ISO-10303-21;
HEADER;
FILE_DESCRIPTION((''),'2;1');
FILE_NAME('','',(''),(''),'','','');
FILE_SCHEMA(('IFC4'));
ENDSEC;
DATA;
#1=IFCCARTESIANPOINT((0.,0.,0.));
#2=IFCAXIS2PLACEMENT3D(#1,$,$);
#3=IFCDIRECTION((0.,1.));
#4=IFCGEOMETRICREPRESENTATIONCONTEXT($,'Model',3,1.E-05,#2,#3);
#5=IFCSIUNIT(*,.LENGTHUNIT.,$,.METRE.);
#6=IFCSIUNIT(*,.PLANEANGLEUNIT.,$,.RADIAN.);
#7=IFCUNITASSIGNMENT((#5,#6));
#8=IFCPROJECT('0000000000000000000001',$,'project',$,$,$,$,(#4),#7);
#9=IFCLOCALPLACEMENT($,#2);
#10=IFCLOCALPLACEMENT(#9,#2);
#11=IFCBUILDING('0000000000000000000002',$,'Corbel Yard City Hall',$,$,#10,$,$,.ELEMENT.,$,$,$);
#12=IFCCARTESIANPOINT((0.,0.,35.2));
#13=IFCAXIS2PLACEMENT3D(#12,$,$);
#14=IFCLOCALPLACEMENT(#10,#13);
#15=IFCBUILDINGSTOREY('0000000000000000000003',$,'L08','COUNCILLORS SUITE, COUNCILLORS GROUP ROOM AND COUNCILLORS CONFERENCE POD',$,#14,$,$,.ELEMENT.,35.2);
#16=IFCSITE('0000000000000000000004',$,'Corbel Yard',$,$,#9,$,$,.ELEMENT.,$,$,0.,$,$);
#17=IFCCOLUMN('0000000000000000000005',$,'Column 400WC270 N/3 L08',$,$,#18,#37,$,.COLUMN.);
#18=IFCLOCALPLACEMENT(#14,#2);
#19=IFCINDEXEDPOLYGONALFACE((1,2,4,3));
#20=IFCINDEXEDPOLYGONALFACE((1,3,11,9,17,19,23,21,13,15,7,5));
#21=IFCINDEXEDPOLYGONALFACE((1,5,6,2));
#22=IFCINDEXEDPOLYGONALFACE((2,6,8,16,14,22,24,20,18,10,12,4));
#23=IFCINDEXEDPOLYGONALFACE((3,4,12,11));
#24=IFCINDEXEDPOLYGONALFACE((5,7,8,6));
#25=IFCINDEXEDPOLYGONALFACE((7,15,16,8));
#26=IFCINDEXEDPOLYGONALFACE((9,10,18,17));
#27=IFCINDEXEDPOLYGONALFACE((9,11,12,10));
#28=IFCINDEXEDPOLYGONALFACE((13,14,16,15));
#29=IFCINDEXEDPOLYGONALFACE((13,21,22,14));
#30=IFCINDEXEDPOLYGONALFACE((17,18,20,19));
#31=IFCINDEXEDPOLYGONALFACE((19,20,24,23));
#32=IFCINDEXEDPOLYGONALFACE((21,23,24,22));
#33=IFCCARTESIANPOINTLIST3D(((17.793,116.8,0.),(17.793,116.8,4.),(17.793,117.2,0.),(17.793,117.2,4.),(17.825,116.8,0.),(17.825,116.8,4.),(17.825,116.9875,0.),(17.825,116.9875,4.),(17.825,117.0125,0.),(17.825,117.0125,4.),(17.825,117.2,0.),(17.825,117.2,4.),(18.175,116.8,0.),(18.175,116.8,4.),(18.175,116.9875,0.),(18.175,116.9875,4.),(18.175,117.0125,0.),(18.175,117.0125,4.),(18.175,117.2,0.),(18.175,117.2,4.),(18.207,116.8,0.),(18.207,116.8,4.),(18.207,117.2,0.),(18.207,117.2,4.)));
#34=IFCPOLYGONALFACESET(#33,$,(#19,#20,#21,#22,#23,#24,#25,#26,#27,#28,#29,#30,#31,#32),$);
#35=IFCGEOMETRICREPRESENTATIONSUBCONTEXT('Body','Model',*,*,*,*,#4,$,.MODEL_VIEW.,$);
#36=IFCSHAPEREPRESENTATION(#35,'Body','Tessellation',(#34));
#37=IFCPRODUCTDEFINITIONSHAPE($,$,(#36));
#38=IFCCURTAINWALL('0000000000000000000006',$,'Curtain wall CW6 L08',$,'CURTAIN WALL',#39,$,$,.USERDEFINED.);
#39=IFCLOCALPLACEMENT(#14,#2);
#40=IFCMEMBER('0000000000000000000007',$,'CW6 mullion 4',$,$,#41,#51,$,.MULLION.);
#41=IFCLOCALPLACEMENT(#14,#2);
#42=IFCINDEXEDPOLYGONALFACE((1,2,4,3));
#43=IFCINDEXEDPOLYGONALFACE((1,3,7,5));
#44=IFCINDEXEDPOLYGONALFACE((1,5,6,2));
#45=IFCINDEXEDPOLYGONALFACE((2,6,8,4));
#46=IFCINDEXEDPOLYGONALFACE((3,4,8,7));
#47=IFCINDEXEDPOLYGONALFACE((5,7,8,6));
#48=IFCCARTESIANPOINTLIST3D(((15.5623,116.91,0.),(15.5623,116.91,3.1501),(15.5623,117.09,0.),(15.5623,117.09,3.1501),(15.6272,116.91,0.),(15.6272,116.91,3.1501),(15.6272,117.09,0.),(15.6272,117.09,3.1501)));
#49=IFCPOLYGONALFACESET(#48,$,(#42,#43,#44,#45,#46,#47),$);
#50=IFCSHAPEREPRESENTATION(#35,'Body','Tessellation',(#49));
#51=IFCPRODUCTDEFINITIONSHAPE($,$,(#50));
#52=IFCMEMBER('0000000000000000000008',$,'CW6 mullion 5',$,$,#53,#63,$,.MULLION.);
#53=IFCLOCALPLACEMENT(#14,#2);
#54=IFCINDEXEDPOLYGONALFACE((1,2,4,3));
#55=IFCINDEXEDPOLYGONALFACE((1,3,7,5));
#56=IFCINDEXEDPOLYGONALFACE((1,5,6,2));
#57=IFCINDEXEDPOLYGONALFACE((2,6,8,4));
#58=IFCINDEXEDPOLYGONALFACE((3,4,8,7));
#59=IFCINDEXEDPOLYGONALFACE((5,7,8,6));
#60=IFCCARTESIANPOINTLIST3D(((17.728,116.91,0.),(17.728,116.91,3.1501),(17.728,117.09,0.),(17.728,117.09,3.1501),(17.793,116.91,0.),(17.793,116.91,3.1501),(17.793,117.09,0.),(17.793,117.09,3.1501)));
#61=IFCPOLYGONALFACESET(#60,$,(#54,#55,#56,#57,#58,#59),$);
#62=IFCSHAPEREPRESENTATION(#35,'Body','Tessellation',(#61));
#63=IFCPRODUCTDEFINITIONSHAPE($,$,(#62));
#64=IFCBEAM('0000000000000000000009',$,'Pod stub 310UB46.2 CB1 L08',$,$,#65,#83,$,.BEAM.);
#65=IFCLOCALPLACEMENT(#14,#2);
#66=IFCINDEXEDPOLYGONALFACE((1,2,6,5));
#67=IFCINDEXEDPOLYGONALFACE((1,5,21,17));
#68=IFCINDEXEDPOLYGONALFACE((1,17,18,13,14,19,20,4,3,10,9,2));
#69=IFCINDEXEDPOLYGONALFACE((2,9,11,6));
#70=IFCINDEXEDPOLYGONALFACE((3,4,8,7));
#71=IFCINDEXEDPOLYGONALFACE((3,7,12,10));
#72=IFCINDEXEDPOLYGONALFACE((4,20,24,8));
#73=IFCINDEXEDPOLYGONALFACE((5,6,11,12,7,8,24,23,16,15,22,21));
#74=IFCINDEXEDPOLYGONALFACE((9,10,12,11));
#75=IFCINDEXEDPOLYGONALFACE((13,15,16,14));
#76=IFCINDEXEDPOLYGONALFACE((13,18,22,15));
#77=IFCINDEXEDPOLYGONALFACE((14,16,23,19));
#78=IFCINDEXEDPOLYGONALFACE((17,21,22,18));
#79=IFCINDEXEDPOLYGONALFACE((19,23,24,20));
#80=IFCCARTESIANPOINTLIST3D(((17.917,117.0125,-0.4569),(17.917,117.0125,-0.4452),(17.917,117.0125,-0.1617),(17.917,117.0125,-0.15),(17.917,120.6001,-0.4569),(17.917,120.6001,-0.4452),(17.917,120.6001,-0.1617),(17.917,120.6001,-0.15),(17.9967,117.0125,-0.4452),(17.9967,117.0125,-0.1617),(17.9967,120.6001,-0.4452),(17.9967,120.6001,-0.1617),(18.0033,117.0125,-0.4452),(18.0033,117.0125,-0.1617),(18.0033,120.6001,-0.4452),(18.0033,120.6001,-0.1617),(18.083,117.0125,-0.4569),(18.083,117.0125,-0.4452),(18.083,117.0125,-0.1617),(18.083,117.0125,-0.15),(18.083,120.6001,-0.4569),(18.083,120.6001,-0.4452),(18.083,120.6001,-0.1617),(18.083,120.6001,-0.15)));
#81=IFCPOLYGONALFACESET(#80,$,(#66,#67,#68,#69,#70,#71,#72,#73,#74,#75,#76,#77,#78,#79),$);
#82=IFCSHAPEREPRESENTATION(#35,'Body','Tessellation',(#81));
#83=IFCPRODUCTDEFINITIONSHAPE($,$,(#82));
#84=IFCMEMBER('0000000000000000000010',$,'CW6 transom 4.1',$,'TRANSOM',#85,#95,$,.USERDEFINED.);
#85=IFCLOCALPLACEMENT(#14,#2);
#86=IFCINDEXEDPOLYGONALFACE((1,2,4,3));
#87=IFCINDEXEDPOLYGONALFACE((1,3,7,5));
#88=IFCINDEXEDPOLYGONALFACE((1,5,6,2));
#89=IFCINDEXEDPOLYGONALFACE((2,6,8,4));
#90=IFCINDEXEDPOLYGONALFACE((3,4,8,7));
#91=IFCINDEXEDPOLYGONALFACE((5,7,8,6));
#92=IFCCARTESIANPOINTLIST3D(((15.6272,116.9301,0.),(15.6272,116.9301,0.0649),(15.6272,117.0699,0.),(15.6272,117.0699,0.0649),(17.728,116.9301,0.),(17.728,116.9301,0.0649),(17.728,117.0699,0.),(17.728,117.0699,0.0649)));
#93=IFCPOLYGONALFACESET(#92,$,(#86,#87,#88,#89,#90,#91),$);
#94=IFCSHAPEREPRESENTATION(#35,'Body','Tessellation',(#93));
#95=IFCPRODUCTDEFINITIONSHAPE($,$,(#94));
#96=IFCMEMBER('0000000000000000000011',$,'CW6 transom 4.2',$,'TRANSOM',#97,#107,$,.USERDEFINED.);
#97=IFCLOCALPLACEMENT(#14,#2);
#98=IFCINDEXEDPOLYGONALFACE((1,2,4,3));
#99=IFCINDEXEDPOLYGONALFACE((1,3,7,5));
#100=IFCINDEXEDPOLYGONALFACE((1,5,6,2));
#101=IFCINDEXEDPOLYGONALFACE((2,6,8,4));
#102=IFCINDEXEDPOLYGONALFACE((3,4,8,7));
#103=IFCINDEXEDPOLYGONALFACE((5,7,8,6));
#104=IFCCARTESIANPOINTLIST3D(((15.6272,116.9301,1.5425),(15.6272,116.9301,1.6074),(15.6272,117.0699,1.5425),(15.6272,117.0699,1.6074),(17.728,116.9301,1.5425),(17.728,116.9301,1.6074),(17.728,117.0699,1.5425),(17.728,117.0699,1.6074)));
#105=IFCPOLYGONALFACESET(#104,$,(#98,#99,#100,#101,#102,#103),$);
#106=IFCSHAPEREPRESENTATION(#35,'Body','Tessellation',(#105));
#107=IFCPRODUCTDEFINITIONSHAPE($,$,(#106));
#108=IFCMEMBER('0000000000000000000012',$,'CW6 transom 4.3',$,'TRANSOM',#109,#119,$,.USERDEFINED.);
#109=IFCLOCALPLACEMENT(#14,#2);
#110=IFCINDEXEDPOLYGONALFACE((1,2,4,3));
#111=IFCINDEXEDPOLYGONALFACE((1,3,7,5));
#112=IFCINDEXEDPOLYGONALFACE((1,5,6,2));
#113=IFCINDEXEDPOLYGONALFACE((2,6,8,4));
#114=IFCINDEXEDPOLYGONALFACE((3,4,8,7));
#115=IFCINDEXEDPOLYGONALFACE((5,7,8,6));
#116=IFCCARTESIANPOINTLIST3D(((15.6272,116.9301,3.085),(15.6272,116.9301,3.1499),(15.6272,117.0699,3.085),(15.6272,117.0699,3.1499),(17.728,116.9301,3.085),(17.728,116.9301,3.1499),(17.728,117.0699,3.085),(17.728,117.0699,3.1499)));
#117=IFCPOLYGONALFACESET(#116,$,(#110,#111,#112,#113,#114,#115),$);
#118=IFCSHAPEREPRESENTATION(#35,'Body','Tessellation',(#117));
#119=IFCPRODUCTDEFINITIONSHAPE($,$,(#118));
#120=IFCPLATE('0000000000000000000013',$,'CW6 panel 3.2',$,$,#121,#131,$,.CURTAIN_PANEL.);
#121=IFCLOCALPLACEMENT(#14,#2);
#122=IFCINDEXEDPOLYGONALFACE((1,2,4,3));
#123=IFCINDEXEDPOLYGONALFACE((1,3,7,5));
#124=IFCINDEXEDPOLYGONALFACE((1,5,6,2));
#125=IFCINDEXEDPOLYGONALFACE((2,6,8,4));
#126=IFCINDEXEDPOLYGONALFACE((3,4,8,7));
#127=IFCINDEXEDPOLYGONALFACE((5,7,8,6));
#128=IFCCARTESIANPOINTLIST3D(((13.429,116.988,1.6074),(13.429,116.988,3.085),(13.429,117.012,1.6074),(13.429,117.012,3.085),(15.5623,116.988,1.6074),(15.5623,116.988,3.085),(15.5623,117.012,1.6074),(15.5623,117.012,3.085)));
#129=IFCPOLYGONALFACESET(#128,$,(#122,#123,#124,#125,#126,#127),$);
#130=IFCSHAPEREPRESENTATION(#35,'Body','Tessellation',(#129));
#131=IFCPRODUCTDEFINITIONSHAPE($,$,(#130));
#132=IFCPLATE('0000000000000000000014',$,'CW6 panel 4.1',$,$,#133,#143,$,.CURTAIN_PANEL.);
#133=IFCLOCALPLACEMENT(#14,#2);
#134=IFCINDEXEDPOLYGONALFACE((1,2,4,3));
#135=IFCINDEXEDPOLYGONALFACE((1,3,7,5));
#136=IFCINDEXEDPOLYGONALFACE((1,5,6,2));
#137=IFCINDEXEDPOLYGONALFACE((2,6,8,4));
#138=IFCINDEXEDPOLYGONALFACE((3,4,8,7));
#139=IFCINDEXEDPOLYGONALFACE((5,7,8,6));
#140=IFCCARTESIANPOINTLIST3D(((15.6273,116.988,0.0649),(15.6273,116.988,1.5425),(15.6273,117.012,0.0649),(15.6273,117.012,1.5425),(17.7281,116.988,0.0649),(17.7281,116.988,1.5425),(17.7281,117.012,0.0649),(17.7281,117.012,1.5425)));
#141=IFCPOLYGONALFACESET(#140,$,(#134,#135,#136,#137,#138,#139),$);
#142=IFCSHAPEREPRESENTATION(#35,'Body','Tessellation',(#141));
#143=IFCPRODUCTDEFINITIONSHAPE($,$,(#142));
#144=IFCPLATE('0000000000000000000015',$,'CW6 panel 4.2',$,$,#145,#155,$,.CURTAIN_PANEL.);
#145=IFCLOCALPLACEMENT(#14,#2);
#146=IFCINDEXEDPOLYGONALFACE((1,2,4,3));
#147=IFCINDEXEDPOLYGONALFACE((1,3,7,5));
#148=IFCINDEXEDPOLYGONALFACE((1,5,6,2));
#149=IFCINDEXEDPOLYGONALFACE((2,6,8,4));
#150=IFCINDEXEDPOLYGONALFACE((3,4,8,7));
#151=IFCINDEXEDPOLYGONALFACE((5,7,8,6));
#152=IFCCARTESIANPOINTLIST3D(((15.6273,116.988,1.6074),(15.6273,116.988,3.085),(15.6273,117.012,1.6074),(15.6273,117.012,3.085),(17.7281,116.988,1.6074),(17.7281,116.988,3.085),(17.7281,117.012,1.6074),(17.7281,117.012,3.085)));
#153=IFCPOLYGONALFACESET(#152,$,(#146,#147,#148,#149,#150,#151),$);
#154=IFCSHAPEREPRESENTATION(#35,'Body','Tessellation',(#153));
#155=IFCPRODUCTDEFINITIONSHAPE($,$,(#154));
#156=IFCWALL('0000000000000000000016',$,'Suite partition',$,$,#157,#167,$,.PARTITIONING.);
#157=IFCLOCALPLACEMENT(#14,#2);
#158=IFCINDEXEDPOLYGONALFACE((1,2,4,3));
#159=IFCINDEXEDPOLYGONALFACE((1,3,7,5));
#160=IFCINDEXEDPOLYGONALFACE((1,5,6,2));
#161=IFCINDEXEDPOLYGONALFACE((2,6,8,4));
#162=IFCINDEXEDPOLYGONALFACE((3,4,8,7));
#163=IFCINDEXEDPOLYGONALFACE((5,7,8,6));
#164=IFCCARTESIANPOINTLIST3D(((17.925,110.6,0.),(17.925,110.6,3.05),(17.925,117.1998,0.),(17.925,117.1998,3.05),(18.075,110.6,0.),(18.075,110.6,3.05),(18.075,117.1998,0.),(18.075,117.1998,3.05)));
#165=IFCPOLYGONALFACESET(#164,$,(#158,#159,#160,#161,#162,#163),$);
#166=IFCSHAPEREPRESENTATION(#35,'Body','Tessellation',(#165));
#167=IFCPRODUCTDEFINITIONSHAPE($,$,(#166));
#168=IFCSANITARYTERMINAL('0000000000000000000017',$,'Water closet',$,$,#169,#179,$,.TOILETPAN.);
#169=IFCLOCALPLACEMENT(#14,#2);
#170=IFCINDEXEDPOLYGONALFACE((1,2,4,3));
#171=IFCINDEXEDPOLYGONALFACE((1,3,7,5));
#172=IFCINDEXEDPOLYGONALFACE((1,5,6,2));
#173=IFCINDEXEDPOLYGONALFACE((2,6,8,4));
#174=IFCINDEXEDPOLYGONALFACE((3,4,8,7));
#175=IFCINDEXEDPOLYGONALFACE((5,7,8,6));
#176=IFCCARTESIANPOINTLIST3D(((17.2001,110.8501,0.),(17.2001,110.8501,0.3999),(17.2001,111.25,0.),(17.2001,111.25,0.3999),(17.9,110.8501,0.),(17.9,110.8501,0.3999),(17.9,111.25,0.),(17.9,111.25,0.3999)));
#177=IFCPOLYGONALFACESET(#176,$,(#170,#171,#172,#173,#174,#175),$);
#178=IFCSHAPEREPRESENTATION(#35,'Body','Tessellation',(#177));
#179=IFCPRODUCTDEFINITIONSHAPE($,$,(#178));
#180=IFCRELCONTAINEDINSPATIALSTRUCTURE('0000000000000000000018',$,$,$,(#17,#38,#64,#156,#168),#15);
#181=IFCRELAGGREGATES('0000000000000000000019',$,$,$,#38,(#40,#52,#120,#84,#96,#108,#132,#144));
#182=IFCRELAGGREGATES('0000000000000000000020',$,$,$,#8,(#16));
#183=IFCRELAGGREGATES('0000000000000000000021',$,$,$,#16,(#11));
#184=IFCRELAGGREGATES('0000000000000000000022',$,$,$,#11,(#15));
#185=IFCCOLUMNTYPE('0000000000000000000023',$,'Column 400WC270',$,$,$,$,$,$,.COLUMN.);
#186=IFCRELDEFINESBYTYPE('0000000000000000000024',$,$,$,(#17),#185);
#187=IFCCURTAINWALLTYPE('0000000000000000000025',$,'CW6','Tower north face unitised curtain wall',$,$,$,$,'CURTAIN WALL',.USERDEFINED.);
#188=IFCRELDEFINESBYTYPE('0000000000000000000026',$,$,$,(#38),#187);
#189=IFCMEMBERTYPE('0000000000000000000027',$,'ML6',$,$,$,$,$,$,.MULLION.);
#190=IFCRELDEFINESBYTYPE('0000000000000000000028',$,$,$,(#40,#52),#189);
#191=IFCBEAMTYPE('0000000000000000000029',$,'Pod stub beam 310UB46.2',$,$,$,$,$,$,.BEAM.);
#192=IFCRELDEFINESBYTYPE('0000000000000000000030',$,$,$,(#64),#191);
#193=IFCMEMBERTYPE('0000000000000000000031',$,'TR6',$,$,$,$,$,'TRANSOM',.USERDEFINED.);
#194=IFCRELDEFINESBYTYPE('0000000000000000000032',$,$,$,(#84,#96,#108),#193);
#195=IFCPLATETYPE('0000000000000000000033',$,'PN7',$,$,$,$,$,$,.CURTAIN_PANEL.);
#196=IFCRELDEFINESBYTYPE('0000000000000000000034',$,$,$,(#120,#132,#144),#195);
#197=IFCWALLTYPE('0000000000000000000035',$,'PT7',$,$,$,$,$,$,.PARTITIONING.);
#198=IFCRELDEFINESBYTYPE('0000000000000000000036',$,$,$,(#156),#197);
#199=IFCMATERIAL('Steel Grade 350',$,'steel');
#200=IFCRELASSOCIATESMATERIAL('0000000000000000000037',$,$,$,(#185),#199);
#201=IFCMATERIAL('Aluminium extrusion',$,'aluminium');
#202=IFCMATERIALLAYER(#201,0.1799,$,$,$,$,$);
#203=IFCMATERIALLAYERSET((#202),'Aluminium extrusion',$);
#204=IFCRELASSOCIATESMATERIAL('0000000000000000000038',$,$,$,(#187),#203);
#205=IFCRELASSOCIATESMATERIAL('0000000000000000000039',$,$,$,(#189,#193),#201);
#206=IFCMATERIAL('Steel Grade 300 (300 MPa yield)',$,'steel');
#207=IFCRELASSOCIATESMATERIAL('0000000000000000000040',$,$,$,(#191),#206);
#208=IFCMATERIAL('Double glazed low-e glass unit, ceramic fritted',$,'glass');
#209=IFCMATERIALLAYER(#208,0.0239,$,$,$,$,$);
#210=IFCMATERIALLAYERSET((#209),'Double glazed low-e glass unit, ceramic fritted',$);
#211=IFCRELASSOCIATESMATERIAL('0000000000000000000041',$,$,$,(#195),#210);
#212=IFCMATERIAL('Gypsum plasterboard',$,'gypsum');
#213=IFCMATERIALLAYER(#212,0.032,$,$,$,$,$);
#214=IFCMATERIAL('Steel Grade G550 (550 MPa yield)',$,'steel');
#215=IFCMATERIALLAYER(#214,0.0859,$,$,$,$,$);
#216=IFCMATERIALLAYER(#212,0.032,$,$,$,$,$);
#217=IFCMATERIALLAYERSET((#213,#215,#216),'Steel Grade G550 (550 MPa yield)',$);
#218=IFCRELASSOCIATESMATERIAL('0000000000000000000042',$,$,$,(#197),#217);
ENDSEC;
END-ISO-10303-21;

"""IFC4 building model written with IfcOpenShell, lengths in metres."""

from ifc_helpers import new_model, si_unit, direction, frame, frame_2d, origin, origin_2d, place, context, subcontext, project, spatial, rectangle, i_section, extrude, material, layer, layer_set, material_profile, profile_set, type_object, element, aggregate, save


model = new_model("IFC4")

# Units and contexts
model_context = context("Model", 3, precision=1e-05, world=origin(), true_north=direction((0.0, 1.0)))
body_context = subcontext(model_context, "Body", "Model", "MODEL_VIEW")
ifc_project = project(units=[si_unit("LENGTHUNIT", "METRE"), si_unit("PLANEANGLEUNIT", "RADIAN")], contexts=[model_context])

# Site, building, storey
site_placement = place(None, origin())
site = spatial("IfcSite", under=ifc_project, at=site_placement, Name="Corbel Yard", CompositionType="ELEMENT", RefElevation=0.0)
building_placement = place(site_placement, origin())
building = spatial("IfcBuilding", under=site, at=building_placement, Name="Corbel Yard City Hall", CompositionType="ELEMENT")
storey_placement = place(building_placement, frame((0.0, 0.0, 35.2)))
storey = spatial("IfcBuildingStorey", under=building, at=storey_placement, Name="L08", Description="COUNCILLORS SUITE, COUNCILLORS GROUP ROOM AND COUNCILLORS CONFERENCE POD", CompositionType="ELEMENT", Elevation=35.2)

# Column
ifc_material_1 = material(Name="Steel Grade 350", Category="steel")
ifc_material_profile_1 = material_profile(ifc_material_1, i_section(OverallWidth=0.3999, OverallDepth=0.4141, WebThickness=0.0249, FlangeThickness=0.032, at=origin_2d()), Name="400WC270")
ifc_profile_set_1 = profile_set([ifc_material_profile_1], Name="Steel Grade 350")
column_type = type_object("IfcColumnType", Name="Column 400WC270", PredefinedType="COLUMN", material=ifc_profile_set_1)
column_placement = place(storey_placement, frame((18.0, 117.0, 0.0), z_axis=(0.0, 0.0, 1.0), x_axis=(0.0, 1.0, 0.0)))
element("IfcColumn", 1, at=column_placement, inside=storey, type_object=column_type, Name="Column 400WC270 N/3 L08", PredefinedType="COLUMN", context=body_context, shape_type="SweptSolid", body=[
    extrude(i_section(OverallWidth=0.3999, OverallDepth=0.4141, WebThickness=0.0249, FlangeThickness=0.032, at=origin_2d()), origin(), (0.0, 0.0, 1.0), 4.0),
])

# Curtain wall, members
ifc_material_2 = material(Name="Aluminium extrusion", Category="aluminium")
ifc_layer_1 = layer(ifc_material_2, 0.1799)
ifc_layer_set_1 = layer_set([ifc_layer_1], Name="Aluminium extrusion")
curtain_wall_type = type_object("IfcCurtainWallType", Name="CW6", Description="Tower north face unitised curtain wall", ElementType="CURTAIN WALL", PredefinedType="USERDEFINED", material=ifc_layer_set_1)
curtain_wall_placement = place(storey_placement, origin())
curtain_wall = element("IfcCurtainWall", 2, at=curtain_wall_placement, inside=storey, type_object=curtain_wall_type, Name="Curtain wall CW6 L08", ObjectType="CURTAIN WALL", PredefinedType="USERDEFINED")
ifc_material_profile_2 = material_profile(ifc_material_2, rectangle(XDim=0.1799, YDim=0.0649, at=origin_2d()), Name="180x65")
ifc_profile_set_2 = profile_set([ifc_material_profile_2], Name="Aluminium extrusion")
member_type_1 = type_object("IfcMemberType", Name="ML6", PredefinedType="MULLION", material=ifc_profile_set_2)
member_1_placement = place(storey_placement, frame((15.5947, 117.0, 0.0), z_axis=(0.0, 0.0, 1.0), x_axis=(0.0, 1.0, 0.0)))
member_1 = element("IfcMember", 3, at=member_1_placement, type_object=member_type_1, Name="CW6 mullion 4", PredefinedType="MULLION", context=body_context, shape_type="SweptSolid", body=[
    extrude(rectangle(XDim=0.1799, YDim=0.0649, at=origin_2d()), origin(), (0.0, 0.0, 1.0), 3.1501),
])
member_2_placement = place(storey_placement, frame((17.7605, 117.0, 0.0), z_axis=(0.0, 0.0, 1.0), x_axis=(0.0, 1.0, 0.0)))
member_2 = element("IfcMember", 4, at=member_2_placement, type_object=member_type_1, Name="CW6 mullion 5", PredefinedType="MULLION", context=body_context, shape_type="SweptSolid", body=[
    extrude(rectangle(XDim=0.1799, YDim=0.0649, at=origin_2d()), origin(), (0.0, 0.0, 1.0), 3.1501),
])

# Beam
ifc_material_3 = material(Name="Steel Grade 300 (300 MPa yield)", Category="steel")
ifc_material_profile_3 = material_profile(ifc_material_3, i_section(OverallWidth=0.166, OverallDepth=0.3069, WebThickness=0.0066, FlangeThickness=0.0117, at=origin_2d()), Name="310UB46.2")
ifc_profile_set_3 = profile_set([ifc_material_profile_3], Name="Steel Grade 300 (300 MPa yield)")
beam_type = type_object("IfcBeamType", Name="Pod stub beam 310UB46.2", PredefinedType="BEAM", material=ifc_profile_set_3)
beam_placement = place(storey_placement, frame((18.0, 117.0125, -0.3035), z_axis=(0.0, 1.0, 0.0), x_axis=(-1.0, 0.0, 0.0)))
element("IfcBeam", 5, at=beam_placement, inside=storey, type_object=beam_type, Name="Pod stub 310UB46.2 CB1 L08", PredefinedType="BEAM", context=body_context, shape_type="SweptSolid", body=[
    extrude(i_section(OverallWidth=0.166, OverallDepth=0.3069, WebThickness=0.0066, FlangeThickness=0.0117, at=origin_2d()), origin(), (0.0, 0.0, 1.0), 3.5876),
])

# Members
ifc_material_profile_4 = material_profile(ifc_material_2, rectangle(XDim=0.1399, YDim=0.0649, at=origin_2d()), Name="140x65")
ifc_profile_set_4 = profile_set([ifc_material_profile_4], Name="Aluminium extrusion")
member_type_2 = type_object("IfcMemberType", Name="TR6", ElementType="TRANSOM", PredefinedType="USERDEFINED", material=ifc_profile_set_4)
member_3_placement = place(storey_placement, frame((15.6272, 117.0, 0.0325), z_axis=(1.0, 0.0, 0.0), x_axis=(0.0, 1.0, 0.0)))
member_3 = element("IfcMember", 6, at=member_3_placement, type_object=member_type_2, Name="CW6 transom 4.1", ObjectType="TRANSOM", PredefinedType="USERDEFINED", context=body_context, shape_type="SweptSolid", body=[
    extrude(rectangle(XDim=0.1399, YDim=0.0649, at=origin_2d()), origin(), (0.0, 0.0, 1.0), 2.1008),
])
member_4_placement = place(storey_placement, frame((15.6272, 117.0, 1.575), z_axis=(1.0, 0.0, 0.0), x_axis=(0.0, 1.0, 0.0)))
member_4 = element("IfcMember", 7, at=member_4_placement, type_object=member_type_2, Name="CW6 transom 4.2", ObjectType="TRANSOM", PredefinedType="USERDEFINED", context=body_context, shape_type="SweptSolid", body=[
    extrude(rectangle(XDim=0.1399, YDim=0.0649, at=origin_2d()), origin(), (0.0, 0.0, 1.0), 2.1008),
])
member_5_placement = place(storey_placement, frame((15.6272, 117.0, 3.1174), z_axis=(1.0, 0.0, 0.0), x_axis=(0.0, 1.0, 0.0)))
member_5 = element("IfcMember", 8, at=member_5_placement, type_object=member_type_2, Name="CW6 transom 4.3", ObjectType="TRANSOM", PredefinedType="USERDEFINED", context=body_context, shape_type="SweptSolid", body=[
    extrude(rectangle(XDim=0.1399, YDim=0.0649, at=origin_2d()), origin(), (0.0, 0.0, 1.0), 2.1008),
])

# Plates
ifc_material_4 = material(Name="Double glazed low-e glass unit, ceramic fritted", Category="glass")
ifc_layer_2 = layer(ifc_material_4, 0.0239)
ifc_layer_set_2 = layer_set([ifc_layer_2], Name="Double glazed low-e glass unit, ceramic fritted")
plate_type = type_object("IfcPlateType", Name="PN7", PredefinedType="CURTAIN_PANEL", material=ifc_layer_set_2)
plate_1_placement = place(storey_placement, frame((14.4956, 117.0, 1.6074), z_axis=(0.0, 0.0, 1.0), x_axis=(1.0, 0.0, 0.0)))
plate_1 = element("IfcPlate", 9, at=plate_1_placement, type_object=plate_type, Name="CW6 panel 3.2", PredefinedType="CURTAIN_PANEL", context=body_context, shape_type="SweptSolid", body=[
    extrude(rectangle(XDim=2.1333, YDim=0.0239, at=origin_2d()), origin(), (0.0, 0.0, 1.0), 1.4775),
])
plate_2_placement = place(storey_placement, frame((16.6777, 117.0, 0.0649), z_axis=(0.0, 0.0, 1.0), x_axis=(1.0, 0.0, 0.0)))
plate_2 = element("IfcPlate", 10, at=plate_2_placement, type_object=plate_type, Name="CW6 panel 4.1", PredefinedType="CURTAIN_PANEL", context=body_context, shape_type="SweptSolid", body=[
    extrude(rectangle(XDim=2.1008, YDim=0.0239, at=origin_2d()), origin(), (0.0, 0.0, 1.0), 1.4775),
])
plate_3_placement = place(storey_placement, frame((16.6777, 117.0, 1.6074), z_axis=(0.0, 0.0, 1.0), x_axis=(1.0, 0.0, 0.0)))
plate_3 = element("IfcPlate", 11, at=plate_3_placement, type_object=plate_type, Name="CW6 panel 4.2", PredefinedType="CURTAIN_PANEL", context=body_context, shape_type="SweptSolid", body=[
    extrude(rectangle(XDim=2.1008, YDim=0.0239, at=origin_2d()), origin(), (0.0, 0.0, 1.0), 1.4775),
])
aggregate(curtain_wall, [member_1, member_2, plate_1, member_3, member_4, member_5, plate_2, plate_3])

# Wall
ifc_material_5 = material(Name="Gypsum plasterboard", Category="gypsum")
ifc_layer_3 = layer(ifc_material_5, 0.032)
ifc_material_6 = material(Name="Steel Grade G550 (550 MPa yield)", Category="steel")
ifc_layer_4 = layer(ifc_material_6, 0.0859)
ifc_layer_5 = layer(ifc_material_5, 0.032)
ifc_layer_set_3 = layer_set([ifc_layer_3, ifc_layer_4, ifc_layer_5], Name="Steel Grade G550 (550 MPa yield)")
wall_type = type_object("IfcWallType", Name="PT7", PredefinedType="PARTITIONING", material=ifc_layer_set_3)
wall_placement = place(storey_placement, frame((18.0, 110.6001, 0.0), z_axis=(0.0, 0.0, 1.0), x_axis=(0.0, 1.0, 0.0)))
element("IfcWall", 12, at=wall_placement, inside=storey, type_object=wall_type, Name="Suite partition", PredefinedType="PARTITIONING", context=body_context, shape_type="SweptSolid", body=[
    extrude(rectangle(XDim=6.5999, YDim=0.1499, at=frame_2d((3.2998, 0.0))), origin(), (0.0, 0.0, 1.0), 3.05),
])

# Sanitary terminal
for number, where, z_axis, x_axis, name in (
    (13, (17.55, 111.05, 0.0), (0.0, 0.0, 1.0), (1.0, 0.0, 0.0), "Water closet"),
):
    element("IfcSanitaryTerminal", number, at=place(storey_placement, frame(where, z_axis=z_axis, x_axis=x_axis)), inside=storey, Name=name, PredefinedType="TOILETPAN", context=body_context, shape_type="SweptSolid", body=[
        extrude(rectangle(XDim=0.7, YDim=0.3999, at=origin_2d()), origin(), (0.0, 0.0, 1.0), 0.3999),
    ])

save(model, "model.ifc")
